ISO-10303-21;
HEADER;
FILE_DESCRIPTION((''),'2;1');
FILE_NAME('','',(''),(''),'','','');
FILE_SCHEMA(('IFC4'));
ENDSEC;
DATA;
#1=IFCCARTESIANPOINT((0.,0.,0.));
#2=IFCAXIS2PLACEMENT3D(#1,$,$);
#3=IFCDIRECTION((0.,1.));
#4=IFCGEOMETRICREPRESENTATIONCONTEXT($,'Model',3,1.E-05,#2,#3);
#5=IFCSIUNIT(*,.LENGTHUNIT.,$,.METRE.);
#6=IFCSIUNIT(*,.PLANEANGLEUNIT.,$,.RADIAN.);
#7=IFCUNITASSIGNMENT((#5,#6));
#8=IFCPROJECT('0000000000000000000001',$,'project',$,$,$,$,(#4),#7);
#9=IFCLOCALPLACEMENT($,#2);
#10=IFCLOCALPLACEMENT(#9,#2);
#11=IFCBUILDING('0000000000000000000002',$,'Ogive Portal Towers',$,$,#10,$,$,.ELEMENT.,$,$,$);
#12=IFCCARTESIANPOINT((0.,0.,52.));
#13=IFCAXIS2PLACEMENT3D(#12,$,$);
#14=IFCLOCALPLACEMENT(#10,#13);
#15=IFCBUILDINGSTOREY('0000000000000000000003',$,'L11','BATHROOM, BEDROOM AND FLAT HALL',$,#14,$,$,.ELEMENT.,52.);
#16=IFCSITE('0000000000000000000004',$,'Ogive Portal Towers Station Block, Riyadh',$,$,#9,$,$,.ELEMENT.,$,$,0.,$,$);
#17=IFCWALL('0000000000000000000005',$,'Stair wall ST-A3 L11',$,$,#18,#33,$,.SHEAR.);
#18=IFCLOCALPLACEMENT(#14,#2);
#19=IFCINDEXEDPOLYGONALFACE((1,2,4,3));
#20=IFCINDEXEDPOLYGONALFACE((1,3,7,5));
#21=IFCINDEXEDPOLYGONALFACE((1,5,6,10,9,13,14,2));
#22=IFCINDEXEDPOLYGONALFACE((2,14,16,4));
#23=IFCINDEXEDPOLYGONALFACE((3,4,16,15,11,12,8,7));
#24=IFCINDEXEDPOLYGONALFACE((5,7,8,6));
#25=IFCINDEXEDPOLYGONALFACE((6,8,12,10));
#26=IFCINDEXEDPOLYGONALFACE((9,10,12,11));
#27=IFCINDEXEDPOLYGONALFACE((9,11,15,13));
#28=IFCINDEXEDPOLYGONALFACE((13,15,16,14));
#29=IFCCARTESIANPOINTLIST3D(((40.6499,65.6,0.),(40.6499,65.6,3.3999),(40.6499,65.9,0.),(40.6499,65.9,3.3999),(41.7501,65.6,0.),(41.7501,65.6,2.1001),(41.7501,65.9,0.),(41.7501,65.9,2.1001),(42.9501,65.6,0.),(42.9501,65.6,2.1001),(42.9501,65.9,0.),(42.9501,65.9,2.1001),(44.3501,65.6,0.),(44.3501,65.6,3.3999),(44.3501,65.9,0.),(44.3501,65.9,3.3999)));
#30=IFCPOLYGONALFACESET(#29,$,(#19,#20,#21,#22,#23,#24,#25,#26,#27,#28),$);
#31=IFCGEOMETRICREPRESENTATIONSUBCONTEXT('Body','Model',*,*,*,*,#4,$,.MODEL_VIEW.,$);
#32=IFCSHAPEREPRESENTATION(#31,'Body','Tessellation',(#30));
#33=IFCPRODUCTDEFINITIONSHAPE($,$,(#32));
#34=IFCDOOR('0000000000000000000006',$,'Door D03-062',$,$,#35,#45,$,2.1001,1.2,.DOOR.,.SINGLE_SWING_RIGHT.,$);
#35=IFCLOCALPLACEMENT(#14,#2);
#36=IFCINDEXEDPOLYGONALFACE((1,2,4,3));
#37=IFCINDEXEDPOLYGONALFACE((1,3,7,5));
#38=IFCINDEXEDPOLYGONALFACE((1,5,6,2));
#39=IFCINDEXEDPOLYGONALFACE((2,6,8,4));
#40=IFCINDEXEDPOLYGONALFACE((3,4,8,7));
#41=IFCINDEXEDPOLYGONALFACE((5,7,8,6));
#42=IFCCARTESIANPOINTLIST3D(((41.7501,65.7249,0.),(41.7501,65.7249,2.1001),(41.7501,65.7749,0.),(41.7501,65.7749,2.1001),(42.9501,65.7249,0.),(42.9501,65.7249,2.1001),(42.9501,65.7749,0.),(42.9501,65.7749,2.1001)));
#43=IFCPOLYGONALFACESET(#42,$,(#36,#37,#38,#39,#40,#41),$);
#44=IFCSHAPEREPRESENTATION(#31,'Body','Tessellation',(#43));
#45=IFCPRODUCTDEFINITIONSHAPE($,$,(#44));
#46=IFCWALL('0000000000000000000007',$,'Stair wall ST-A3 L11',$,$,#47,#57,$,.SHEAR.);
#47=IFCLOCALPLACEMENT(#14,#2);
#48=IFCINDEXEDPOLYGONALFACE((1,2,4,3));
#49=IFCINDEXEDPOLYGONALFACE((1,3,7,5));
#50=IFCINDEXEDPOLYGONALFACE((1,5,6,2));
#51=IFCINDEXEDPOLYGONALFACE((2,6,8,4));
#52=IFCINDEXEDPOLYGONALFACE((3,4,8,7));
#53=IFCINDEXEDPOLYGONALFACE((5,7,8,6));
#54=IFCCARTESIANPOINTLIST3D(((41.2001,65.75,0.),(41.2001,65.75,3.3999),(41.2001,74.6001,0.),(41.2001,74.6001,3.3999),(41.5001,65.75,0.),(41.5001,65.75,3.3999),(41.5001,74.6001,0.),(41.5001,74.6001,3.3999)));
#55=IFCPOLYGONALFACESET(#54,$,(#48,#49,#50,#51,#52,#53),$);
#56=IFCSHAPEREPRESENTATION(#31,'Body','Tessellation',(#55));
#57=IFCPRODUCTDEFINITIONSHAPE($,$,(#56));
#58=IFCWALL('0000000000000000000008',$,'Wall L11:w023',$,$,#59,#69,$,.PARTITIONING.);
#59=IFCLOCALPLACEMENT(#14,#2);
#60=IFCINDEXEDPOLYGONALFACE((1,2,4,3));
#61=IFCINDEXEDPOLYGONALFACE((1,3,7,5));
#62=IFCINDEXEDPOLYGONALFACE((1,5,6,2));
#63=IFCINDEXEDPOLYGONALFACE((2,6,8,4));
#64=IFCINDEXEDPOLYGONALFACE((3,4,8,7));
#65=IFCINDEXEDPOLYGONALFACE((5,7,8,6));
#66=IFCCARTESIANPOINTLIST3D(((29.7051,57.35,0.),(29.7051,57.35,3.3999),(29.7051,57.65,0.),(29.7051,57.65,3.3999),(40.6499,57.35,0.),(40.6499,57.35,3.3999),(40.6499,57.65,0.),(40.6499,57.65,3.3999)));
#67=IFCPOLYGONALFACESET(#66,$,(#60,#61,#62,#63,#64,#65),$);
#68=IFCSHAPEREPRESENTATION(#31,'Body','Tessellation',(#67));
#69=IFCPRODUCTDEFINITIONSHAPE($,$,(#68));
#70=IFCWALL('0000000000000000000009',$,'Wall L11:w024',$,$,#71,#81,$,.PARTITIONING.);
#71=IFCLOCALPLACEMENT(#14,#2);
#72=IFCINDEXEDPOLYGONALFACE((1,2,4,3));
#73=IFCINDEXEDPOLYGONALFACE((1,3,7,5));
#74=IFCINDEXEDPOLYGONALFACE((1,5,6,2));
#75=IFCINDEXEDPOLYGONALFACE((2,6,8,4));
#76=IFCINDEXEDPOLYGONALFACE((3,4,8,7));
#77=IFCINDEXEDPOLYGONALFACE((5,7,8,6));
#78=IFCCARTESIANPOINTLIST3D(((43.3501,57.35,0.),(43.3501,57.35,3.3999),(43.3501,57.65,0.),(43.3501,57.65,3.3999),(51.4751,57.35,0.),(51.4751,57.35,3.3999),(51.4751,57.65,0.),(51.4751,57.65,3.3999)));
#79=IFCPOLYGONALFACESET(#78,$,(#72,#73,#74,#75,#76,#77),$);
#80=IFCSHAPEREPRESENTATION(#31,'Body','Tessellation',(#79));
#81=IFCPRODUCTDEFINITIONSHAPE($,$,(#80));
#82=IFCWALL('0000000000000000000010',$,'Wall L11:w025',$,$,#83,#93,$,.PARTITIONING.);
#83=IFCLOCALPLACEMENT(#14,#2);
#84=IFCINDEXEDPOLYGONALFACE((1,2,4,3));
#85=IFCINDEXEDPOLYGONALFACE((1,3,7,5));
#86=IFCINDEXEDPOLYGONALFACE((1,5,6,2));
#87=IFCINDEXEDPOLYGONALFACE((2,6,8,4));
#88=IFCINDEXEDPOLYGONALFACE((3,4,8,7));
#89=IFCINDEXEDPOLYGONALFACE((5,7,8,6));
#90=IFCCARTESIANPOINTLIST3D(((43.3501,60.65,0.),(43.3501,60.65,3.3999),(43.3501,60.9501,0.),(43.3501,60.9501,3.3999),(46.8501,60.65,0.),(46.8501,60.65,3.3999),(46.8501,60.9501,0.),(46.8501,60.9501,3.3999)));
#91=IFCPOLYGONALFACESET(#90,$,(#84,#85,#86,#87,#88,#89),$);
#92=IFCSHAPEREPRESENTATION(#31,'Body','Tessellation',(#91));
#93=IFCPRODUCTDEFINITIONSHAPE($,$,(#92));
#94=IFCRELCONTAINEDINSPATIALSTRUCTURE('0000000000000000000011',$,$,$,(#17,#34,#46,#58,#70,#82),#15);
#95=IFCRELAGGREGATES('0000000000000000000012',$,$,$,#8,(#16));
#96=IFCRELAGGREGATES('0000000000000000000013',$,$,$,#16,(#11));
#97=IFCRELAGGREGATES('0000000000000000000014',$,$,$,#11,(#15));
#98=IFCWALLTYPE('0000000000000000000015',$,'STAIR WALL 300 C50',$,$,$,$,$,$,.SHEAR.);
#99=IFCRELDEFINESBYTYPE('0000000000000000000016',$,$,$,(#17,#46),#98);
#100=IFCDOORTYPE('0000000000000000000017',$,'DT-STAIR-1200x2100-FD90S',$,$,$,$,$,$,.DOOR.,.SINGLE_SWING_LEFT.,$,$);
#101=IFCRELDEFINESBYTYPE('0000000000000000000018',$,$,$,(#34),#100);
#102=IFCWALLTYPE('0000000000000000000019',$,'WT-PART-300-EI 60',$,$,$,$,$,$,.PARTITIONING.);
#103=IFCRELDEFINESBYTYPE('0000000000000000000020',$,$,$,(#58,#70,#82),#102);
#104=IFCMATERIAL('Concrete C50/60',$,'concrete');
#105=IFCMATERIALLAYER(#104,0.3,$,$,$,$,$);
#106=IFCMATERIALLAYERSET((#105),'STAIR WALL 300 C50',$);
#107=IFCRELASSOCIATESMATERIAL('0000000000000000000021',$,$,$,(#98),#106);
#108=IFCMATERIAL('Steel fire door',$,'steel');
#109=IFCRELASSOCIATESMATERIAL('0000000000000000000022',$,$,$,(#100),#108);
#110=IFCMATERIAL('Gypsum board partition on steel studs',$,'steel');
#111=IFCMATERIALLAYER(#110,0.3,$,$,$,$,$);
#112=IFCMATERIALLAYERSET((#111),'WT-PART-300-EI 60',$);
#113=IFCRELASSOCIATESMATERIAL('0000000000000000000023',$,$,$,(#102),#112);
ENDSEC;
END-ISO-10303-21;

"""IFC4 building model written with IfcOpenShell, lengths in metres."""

from ifc_helpers import new_model, si_unit, direction, frame, frame_2d, origin, place, context, subcontext, project, spatial, rectangle, extrude, material, layer, layer_set, type_object, element, fill, save


model = new_model("IFC4")

# Units and contexts
model_context = context("Model", 3, precision=1e-05, world=origin(), true_north=direction((0.0, 1.0)))
body_context = subcontext(model_context, "Body", "Model", "MODEL_VIEW")
ifc_project = project(units=[si_unit("LENGTHUNIT", "METRE"), si_unit("PLANEANGLEUNIT", "RADIAN")], contexts=[model_context])

# Site, building, storey
site_placement = place(None, origin())
site = spatial("IfcSite", under=ifc_project, at=site_placement, Name="Ogive Portal Towers Station Block, Riyadh", CompositionType="ELEMENT", RefElevation=0.0)
building_placement = place(site_placement, origin())
building = spatial("IfcBuilding", under=site, at=building_placement, Name="Ogive Portal Towers", CompositionType="ELEMENT")
storey_placement = place(building_placement, frame((0.0, 0.0, 52.0)))
storey = spatial("IfcBuildingStorey", under=building, at=storey_placement, Name="L11", Description="BATHROOM, BEDROOM AND FLAT HALL", CompositionType="ELEMENT", Elevation=52.0)

# Wall, opening, door
ifc_material_1 = material(Name="Concrete C50/60", Category="concrete")
ifc_layer_1 = layer(ifc_material_1, 0.3)
ifc_layer_set_1 = layer_set([ifc_layer_1], Name="STAIR WALL 300 C50")
wall_type_1 = type_object("IfcWallType", Name="STAIR WALL 300 C50", PredefinedType="SHEAR", material=ifc_layer_set_1)
wall_1_placement = place(storey_placement, frame((40.6499, 65.75, 0.0), z_axis=(0.0, 0.0, 1.0), x_axis=(1.0, 0.0, 0.0)))
wall_1 = element("IfcWall", 1, at=wall_1_placement, inside=storey, type_object=wall_type_1, Name="Stair wall ST-A3 L11", PredefinedType="SHEAR", context=body_context, shape_type="SweptSolid", body=[
    extrude(rectangle(XDim=3.7002, YDim=0.3, at=frame_2d((1.8501, 0.0))), origin(), (0.0, 0.0, 1.0), 3.3999),
])
opening_1_placement = place(wall_1_placement, frame((1.1001, 0.0, 0.0)))
opening_1 = element("IfcOpeningElement", 2, at=opening_1_placement, cuts=wall_1, PredefinedType="OPENING", context=body_context, shape_type="SweptSolid", body=[
    extrude(rectangle(XDim=1.2, YDim=2.1001, at=frame_2d((0.6001, 1.05))), frame((0.0, 0.1602, 0.0), z_axis=(0.0, -1.0, 0.0), x_axis=(1.0, 0.0, 0.0)), (0.0, 0.0, 1.0), 0.3201),
])
ifc_material_2 = material(Name="Steel fire door", Category="steel")
door_type = type_object("IfcDoorType", Name="DT-STAIR-1200x2100-FD90S", OperationType="SINGLE_SWING_LEFT", PredefinedType="DOOR", material=ifc_material_2)
door_placement = place(opening_1_placement, origin())
door = element("IfcDoor", 3, at=door_placement, inside=storey, type_object=door_type, Name="Door D03-062", OperationType="SINGLE_SWING_RIGHT", OverallHeight=2.1001, OverallWidth=1.2, PredefinedType="DOOR", context=body_context, shape_type="SweptSolid", body=[
    extrude(rectangle(XDim=1.2, YDim=2.1001, at=frame_2d((0.6001, 1.05))), frame((0.0, 0.0249, 0.0), z_axis=(0.0, -1.0, 0.0), x_axis=(1.0, 0.0, 0.0)), (0.0, 0.0, 1.0), 0.05),
])
fill(opening_1, door)

# Walls
wall_2_placement = place(storey_placement, frame((41.3501, 65.75, 0.0), z_axis=(0.0, 0.0, 1.0), x_axis=(0.0, 1.0, 0.0)))
element("IfcWall", 4, at=wall_2_placement, inside=storey, type_object=wall_type_1, Name="Stair wall ST-A3 L11", PredefinedType="SHEAR", context=body_context, shape_type="SweptSolid", body=[
    extrude(rectangle(XDim=8.8501, YDim=0.3, at=frame_2d((4.425, 0.0))), origin(), (0.0, 0.0, 1.0), 3.3999),
])
ifc_material_3 = material(Name="Gypsum board partition on steel studs", Category="steel")
ifc_layer_2 = layer(ifc_material_3, 0.3)
ifc_layer_set_2 = layer_set([ifc_layer_2], Name="WT-PART-300-EI 60")
wall_type_2 = type_object("IfcWallType", Name="WT-PART-300-EI 60", PredefinedType="PARTITIONING", material=ifc_layer_set_2)
wall_3_placement = place(storey_placement, frame((29.7051, 57.5, 0.0), z_axis=(0.0, 0.0, 1.0), x_axis=(1.0, 0.0, 0.0)))
element("IfcWall", 5, at=wall_3_placement, inside=storey, type_object=wall_type_2, Name="Wall L11:w023", PredefinedType="PARTITIONING", context=body_context, shape_type="SweptSolid", body=[
    extrude(rectangle(XDim=10.9448, YDim=0.3, at=frame_2d((5.4724, 0.0))), origin(), (0.0, 0.0, 1.0), 3.3999),
])
wall_4_placement = place(storey_placement, frame((43.3501, 57.5, 0.0), z_axis=(0.0, 0.0, 1.0), x_axis=(1.0, 0.0, 0.0)))
element("IfcWall", 6, at=wall_4_placement, inside=storey, type_object=wall_type_2, Name="Wall L11:w024", PredefinedType="PARTITIONING", context=body_context, shape_type="SweptSolid", body=[
    extrude(rectangle(XDim=8.125, YDim=0.3, at=frame_2d((4.0625, 0.0))), origin(), (0.0, 0.0, 1.0), 3.3999),
])
wall_5_placement = place(storey_placement, frame((43.3501, 60.8, 0.0), z_axis=(0.0, 0.0, 1.0), x_axis=(1.0, 0.0, 0.0)))
element("IfcWall", 7, at=wall_5_placement, inside=storey, type_object=wall_type_2, Name="Wall L11:w025", PredefinedType="PARTITIONING", context=body_context, shape_type="SweptSolid", body=[
    extrude(rectangle(XDim=3.5, YDim=0.3, at=frame_2d((1.75, 0.0))), origin(), (0.0, 0.0, 1.0), 3.3999),
])

save(model, "model.ifc")
